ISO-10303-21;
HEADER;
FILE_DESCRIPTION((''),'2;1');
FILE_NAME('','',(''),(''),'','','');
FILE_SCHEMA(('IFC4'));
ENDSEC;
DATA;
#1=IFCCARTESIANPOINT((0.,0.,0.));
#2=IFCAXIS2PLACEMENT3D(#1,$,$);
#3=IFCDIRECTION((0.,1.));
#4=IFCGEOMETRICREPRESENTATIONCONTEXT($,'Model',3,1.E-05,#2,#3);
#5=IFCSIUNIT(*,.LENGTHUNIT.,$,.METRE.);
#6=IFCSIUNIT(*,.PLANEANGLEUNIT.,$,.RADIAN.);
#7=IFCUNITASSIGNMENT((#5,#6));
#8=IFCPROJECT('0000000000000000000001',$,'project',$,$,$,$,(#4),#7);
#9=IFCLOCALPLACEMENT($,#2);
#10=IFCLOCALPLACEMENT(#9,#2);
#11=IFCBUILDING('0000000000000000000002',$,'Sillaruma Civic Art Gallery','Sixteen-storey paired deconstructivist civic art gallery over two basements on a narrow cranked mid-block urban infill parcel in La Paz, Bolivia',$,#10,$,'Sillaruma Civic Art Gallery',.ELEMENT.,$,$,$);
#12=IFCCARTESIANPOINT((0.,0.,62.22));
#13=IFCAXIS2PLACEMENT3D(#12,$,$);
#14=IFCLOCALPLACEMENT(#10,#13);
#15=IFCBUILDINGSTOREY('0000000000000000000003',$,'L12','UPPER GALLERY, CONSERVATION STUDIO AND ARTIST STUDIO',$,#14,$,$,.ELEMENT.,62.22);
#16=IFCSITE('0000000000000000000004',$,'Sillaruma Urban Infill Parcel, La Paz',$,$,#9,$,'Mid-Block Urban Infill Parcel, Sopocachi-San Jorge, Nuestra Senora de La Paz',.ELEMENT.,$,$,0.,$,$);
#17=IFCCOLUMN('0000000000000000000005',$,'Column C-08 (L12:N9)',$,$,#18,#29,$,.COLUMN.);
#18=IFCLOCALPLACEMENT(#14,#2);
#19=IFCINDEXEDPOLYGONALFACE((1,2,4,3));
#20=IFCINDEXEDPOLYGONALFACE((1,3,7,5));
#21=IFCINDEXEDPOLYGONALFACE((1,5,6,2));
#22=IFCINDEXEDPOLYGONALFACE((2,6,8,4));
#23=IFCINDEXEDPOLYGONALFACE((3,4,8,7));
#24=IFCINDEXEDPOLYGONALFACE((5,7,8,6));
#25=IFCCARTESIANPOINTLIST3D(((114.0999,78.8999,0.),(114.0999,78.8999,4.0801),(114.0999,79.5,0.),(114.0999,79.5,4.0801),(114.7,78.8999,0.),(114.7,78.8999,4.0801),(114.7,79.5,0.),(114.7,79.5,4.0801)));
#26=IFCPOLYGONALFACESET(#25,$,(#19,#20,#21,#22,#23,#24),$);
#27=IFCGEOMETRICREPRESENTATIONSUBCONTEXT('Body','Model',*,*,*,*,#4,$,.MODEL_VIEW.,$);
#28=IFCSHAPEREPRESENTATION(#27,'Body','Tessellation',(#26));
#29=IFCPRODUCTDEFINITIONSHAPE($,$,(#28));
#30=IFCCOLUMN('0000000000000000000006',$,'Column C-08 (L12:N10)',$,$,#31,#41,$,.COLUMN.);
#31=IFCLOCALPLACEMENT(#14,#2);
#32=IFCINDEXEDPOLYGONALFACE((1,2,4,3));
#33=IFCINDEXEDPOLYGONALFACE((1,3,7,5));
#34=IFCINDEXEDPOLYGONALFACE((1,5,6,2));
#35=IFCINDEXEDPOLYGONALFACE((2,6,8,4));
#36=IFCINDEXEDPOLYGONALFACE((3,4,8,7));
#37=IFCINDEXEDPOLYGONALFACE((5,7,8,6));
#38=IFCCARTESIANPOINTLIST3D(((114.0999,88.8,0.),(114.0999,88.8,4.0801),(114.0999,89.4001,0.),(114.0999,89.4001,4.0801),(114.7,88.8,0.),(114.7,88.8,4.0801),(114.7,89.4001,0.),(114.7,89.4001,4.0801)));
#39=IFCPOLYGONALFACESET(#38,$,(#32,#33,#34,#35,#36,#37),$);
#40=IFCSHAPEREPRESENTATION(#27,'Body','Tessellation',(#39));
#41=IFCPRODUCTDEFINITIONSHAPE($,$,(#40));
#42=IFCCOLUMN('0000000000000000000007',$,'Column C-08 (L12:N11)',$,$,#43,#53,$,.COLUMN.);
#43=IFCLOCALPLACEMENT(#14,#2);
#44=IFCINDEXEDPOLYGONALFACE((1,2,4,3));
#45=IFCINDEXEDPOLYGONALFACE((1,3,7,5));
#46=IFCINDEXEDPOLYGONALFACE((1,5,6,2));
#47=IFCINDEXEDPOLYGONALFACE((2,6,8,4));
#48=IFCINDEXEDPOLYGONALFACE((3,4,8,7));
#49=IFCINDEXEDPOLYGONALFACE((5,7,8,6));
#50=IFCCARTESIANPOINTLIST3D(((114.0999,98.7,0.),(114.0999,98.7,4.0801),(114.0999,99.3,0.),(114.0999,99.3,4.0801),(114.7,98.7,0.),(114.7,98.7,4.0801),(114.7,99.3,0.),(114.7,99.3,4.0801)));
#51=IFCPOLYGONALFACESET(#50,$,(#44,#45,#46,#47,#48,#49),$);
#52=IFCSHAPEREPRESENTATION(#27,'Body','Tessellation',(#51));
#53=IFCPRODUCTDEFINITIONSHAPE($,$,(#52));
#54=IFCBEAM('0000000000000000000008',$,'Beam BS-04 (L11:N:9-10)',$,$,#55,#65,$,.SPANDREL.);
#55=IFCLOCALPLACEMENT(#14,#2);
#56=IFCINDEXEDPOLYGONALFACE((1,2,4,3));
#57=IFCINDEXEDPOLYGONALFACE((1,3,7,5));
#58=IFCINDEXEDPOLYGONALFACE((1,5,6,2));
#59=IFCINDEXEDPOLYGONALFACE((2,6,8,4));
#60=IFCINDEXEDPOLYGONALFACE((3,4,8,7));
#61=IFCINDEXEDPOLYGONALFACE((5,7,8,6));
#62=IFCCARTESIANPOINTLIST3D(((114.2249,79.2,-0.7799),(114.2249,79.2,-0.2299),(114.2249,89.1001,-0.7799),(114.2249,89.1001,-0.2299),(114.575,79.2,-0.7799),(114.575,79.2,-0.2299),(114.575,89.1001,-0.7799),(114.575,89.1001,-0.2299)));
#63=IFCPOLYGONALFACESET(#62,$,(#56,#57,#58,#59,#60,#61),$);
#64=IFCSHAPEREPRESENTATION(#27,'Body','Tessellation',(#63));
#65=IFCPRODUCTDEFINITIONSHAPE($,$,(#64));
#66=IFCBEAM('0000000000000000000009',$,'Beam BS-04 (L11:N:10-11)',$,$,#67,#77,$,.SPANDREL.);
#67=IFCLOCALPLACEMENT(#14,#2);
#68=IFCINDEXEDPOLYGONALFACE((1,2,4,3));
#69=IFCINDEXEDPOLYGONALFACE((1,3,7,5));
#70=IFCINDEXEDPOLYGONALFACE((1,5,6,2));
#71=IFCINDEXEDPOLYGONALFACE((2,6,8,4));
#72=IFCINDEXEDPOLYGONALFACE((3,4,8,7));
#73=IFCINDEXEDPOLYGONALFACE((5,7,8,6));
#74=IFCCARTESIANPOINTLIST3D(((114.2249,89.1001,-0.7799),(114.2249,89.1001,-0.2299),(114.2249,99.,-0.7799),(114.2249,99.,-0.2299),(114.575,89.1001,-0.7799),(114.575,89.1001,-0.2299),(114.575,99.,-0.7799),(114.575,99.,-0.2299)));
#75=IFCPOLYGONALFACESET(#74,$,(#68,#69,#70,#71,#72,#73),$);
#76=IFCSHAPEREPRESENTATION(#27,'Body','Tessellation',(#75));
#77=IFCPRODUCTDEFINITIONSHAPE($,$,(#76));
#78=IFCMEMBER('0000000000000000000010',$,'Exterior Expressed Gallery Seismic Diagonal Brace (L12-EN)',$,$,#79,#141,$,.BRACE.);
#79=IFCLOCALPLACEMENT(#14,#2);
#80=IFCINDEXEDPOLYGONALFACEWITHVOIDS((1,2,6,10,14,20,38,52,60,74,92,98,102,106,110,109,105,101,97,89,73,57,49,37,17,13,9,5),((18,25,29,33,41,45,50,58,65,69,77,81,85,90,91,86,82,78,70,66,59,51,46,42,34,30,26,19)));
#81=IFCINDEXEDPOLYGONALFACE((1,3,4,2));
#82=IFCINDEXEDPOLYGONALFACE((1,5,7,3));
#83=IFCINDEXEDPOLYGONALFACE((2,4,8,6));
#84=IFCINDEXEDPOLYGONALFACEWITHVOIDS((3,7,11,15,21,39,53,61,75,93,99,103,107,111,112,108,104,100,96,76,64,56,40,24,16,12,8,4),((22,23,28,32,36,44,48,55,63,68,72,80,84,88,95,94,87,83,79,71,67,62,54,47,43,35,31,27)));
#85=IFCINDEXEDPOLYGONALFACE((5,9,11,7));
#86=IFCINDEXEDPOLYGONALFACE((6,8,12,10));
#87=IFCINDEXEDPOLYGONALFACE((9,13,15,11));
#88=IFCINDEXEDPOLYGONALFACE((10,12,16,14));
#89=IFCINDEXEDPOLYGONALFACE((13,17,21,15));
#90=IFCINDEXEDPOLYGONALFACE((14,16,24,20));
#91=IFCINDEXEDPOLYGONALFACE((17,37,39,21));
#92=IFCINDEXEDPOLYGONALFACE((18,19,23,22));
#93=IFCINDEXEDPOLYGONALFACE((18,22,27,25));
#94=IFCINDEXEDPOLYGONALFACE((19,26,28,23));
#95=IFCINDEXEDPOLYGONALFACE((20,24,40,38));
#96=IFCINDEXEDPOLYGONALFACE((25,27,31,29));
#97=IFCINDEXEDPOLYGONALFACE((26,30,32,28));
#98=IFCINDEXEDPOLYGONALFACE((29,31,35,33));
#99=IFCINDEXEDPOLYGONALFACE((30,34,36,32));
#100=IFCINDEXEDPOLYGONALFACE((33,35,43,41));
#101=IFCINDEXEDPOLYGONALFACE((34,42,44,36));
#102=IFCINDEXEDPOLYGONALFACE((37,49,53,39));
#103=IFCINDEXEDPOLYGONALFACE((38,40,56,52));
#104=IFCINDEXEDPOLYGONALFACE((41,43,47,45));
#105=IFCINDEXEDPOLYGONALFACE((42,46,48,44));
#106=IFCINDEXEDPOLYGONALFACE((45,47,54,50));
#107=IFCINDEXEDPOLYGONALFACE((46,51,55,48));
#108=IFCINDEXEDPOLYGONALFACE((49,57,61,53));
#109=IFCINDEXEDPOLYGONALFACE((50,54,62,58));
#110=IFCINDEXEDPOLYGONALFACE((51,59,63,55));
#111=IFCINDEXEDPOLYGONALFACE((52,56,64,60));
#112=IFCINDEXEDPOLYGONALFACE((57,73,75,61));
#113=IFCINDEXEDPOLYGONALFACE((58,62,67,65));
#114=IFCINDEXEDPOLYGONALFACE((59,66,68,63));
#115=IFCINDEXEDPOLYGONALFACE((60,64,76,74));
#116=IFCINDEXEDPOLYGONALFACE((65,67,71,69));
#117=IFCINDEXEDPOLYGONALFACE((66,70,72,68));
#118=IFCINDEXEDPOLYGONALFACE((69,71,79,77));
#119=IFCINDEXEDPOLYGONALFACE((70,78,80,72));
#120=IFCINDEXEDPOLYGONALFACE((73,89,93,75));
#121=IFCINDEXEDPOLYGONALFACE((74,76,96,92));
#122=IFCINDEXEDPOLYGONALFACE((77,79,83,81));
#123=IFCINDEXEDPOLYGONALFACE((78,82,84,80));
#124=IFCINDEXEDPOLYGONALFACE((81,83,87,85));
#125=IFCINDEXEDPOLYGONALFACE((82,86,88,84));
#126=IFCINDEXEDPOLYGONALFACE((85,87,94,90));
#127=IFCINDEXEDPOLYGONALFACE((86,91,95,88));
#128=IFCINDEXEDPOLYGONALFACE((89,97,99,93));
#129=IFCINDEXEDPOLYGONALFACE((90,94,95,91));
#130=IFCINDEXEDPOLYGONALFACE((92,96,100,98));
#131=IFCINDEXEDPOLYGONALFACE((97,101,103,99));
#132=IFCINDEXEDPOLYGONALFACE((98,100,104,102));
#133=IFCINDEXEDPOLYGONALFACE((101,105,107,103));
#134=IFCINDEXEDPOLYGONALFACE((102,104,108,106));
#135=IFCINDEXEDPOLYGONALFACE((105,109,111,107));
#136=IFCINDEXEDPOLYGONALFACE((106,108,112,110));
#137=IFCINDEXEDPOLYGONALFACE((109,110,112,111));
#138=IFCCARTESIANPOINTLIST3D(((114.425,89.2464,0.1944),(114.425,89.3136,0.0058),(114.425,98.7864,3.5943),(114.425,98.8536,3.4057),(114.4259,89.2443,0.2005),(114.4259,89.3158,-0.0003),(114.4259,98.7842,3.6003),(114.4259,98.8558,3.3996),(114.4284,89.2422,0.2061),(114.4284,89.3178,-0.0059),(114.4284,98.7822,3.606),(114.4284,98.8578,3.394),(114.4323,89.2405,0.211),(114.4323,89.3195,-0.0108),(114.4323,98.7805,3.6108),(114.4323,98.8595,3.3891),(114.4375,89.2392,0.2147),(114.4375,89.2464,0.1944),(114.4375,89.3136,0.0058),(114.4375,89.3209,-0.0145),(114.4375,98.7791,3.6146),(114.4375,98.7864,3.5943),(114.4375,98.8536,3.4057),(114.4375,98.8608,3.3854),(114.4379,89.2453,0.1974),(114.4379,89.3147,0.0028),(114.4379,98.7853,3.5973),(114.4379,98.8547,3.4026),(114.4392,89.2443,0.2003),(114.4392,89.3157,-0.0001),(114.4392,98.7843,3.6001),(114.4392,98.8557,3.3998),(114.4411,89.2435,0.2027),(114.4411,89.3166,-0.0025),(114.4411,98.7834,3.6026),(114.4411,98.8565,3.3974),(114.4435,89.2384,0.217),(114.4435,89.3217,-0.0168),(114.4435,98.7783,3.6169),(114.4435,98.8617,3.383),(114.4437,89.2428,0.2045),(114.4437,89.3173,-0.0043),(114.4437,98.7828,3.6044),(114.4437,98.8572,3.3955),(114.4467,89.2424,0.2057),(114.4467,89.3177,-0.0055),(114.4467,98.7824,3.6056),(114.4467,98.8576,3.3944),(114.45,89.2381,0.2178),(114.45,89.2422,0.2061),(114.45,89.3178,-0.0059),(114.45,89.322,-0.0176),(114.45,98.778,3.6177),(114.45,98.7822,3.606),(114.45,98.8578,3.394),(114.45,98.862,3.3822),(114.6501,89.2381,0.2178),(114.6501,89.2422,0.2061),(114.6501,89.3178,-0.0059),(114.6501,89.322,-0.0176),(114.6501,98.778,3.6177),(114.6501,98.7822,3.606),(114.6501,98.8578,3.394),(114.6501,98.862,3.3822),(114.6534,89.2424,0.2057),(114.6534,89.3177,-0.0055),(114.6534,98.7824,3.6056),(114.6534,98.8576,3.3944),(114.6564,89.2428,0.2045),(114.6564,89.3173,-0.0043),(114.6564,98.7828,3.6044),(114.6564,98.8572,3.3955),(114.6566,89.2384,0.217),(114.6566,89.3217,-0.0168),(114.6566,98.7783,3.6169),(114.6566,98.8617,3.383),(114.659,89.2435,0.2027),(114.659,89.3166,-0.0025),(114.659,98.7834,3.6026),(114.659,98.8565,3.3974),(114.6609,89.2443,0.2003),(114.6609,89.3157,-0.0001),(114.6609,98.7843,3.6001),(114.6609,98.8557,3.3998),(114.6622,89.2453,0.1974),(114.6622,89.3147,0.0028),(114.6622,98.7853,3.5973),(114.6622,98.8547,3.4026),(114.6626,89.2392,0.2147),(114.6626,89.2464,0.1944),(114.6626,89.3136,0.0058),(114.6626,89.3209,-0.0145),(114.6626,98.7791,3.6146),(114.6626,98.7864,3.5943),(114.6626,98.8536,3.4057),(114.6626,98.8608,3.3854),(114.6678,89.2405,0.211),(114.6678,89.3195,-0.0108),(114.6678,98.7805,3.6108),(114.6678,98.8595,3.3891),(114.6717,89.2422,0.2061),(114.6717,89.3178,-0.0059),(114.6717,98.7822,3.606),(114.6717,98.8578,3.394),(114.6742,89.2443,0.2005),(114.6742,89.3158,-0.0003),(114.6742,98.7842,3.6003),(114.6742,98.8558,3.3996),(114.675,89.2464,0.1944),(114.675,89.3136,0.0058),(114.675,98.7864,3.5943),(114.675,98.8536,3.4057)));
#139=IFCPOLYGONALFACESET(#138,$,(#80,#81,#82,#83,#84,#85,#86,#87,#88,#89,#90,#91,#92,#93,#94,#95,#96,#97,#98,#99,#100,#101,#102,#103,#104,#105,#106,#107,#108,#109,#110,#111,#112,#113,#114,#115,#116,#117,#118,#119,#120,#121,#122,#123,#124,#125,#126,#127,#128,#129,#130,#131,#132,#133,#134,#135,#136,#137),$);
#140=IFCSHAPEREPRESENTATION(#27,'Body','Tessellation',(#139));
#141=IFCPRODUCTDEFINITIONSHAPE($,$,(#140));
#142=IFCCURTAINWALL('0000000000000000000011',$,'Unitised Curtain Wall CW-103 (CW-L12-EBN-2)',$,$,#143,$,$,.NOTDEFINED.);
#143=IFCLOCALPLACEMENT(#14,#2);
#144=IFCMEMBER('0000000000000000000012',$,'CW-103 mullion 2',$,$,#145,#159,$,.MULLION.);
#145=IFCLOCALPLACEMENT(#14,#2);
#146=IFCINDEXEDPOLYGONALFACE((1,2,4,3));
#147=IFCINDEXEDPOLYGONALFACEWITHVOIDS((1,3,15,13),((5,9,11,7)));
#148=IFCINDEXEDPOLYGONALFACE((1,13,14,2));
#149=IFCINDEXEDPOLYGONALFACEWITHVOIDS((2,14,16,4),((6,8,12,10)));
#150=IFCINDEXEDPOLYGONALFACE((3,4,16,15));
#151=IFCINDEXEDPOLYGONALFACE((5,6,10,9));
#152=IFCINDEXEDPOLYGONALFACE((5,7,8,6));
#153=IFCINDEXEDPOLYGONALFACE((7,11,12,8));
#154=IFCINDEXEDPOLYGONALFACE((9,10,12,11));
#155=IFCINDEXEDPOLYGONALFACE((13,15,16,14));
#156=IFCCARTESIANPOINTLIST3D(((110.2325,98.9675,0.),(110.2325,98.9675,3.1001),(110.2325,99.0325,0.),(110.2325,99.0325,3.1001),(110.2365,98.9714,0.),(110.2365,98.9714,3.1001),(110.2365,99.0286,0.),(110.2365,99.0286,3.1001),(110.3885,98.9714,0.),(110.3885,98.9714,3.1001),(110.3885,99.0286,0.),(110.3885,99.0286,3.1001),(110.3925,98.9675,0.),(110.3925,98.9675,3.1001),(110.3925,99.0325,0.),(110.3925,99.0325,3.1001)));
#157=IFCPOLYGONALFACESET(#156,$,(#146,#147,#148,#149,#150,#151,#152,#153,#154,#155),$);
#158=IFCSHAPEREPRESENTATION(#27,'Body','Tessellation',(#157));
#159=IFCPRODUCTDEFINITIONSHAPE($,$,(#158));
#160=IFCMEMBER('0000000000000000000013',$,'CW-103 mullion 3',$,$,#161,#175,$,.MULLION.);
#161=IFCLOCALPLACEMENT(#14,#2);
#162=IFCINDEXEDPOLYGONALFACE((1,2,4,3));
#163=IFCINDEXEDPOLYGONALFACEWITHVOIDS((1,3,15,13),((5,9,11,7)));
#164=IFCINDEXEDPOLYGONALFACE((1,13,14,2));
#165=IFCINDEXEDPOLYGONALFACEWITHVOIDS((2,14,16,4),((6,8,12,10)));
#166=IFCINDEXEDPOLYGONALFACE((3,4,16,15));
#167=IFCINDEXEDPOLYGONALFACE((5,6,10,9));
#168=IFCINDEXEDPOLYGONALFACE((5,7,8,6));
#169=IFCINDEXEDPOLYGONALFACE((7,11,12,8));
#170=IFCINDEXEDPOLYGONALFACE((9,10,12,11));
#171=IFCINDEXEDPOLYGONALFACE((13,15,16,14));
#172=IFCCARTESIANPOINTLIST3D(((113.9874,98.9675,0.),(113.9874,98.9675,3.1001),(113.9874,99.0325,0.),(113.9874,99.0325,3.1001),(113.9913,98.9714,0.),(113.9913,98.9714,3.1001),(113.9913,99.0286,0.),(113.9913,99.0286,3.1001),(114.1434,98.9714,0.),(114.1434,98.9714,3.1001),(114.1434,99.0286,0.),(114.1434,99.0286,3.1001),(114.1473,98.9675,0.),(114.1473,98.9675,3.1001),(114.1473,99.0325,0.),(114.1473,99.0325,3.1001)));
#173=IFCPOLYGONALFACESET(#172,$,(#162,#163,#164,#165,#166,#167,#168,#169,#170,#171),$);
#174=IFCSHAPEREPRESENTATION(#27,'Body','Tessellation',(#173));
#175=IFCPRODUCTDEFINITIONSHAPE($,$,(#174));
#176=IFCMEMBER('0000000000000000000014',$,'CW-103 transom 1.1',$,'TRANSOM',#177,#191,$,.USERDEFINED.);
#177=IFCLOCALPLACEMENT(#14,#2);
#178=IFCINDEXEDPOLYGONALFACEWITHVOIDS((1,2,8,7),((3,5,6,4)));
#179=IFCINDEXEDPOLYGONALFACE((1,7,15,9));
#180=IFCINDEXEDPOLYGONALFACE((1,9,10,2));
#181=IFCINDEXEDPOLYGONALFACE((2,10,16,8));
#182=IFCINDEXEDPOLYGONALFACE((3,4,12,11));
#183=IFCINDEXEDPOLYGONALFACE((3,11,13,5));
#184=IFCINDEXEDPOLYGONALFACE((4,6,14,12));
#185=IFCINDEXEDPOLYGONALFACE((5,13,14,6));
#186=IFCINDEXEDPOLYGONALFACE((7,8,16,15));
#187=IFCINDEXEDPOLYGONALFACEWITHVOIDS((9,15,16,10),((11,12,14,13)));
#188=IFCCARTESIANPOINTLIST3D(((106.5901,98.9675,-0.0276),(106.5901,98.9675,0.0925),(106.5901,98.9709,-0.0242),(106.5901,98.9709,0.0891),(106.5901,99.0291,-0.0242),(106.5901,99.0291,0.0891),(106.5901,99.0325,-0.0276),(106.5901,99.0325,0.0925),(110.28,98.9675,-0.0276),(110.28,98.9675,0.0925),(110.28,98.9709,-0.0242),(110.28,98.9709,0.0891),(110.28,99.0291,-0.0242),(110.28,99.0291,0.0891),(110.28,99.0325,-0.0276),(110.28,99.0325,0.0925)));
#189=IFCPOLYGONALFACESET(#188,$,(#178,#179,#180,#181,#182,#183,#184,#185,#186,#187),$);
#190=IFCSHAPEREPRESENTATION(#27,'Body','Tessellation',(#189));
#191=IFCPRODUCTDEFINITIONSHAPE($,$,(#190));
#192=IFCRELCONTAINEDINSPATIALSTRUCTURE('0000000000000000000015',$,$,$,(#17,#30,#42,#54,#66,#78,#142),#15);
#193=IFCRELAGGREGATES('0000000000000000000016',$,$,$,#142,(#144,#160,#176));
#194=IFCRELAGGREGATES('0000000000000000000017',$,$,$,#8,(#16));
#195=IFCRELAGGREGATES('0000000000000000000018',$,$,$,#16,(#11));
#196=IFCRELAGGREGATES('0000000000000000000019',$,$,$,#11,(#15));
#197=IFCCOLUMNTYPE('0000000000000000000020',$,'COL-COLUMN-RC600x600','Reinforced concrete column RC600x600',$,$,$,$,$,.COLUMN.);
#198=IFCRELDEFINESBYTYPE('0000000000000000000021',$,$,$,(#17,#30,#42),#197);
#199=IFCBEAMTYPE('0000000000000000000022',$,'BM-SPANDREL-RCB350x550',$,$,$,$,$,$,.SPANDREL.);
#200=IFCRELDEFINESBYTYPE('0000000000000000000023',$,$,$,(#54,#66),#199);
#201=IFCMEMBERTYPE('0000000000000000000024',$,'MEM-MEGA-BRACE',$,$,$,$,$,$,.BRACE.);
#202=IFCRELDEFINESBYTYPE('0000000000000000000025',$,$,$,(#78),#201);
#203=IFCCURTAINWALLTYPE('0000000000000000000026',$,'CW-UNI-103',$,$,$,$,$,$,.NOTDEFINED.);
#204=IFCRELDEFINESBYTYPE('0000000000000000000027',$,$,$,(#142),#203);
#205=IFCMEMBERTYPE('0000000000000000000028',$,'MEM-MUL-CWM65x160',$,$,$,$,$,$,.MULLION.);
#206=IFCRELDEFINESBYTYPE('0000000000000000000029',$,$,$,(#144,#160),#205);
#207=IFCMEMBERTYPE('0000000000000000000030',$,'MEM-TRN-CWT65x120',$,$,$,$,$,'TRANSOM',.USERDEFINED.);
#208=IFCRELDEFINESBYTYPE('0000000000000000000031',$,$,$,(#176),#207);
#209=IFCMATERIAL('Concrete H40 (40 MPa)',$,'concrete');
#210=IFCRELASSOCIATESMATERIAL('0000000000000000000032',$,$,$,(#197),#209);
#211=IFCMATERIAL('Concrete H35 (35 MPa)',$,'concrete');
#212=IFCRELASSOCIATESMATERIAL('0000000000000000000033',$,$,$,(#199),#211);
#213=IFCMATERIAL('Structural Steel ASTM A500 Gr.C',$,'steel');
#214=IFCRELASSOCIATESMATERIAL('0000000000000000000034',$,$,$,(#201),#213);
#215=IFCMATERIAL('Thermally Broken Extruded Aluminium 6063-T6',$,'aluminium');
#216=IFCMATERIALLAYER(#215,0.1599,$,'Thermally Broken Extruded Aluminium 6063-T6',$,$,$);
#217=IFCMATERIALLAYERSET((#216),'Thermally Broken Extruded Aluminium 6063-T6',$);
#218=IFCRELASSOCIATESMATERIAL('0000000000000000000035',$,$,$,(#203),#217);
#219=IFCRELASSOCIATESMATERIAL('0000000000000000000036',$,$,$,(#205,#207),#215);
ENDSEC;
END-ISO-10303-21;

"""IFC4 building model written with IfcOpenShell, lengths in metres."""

from ifc_helpers import new_model, si_unit, direction, frame, origin, origin_2d, place, context, subcontext, project, spatial, rectangle, hollow_rectangle, extrude, material, layer, layer_set, material_profile, profile_set, type_object, element, aggregate, save


model = new_model("IFC4")

# Units and contexts
model_context = context("Model", 3, precision=1e-05, world=origin(), true_north=direction((0.0, 1.0)))
body_context = subcontext(model_context, "Body", "Model", "MODEL_VIEW")
ifc_project = project(units=[si_unit("LENGTHUNIT", "METRE"), si_unit("PLANEANGLEUNIT", "RADIAN")], contexts=[model_context])

# Site, building, storey
site_placement = place(None, origin())
site = spatial("IfcSite", under=ifc_project, at=site_placement, Name="Sillaruma Urban Infill Parcel, La Paz", LongName="Mid-Block Urban Infill Parcel, Sopocachi-San Jorge, Nuestra Senora de La Paz", CompositionType="ELEMENT", RefElevation=0.0)
building_placement = place(site_placement, origin())
building = spatial("IfcBuilding", under=site, at=building_placement, Name="Sillaruma Civic Art Gallery", Description="Sixteen-storey paired deconstructivist civic art gallery over two basements on a narrow cranked mid-block urban infill parcel in La Paz, Bolivia", LongName="Sillaruma Civic Art Gallery", CompositionType="ELEMENT")
storey_placement = place(building_placement, frame((0.0, 0.0, 62.22)))
storey = spatial("IfcBuildingStorey", under=building, at=storey_placement, Name="L12", Description="UPPER GALLERY, CONSERVATION STUDIO AND ARTIST STUDIO", CompositionType="ELEMENT", Elevation=62.22)

# Columns
ifc_material_1 = material(Name="Concrete H40 (40 MPa)", Category="concrete")
ifc_material_profile_1 = material_profile(ifc_material_1, rectangle(XDim=0.6001, YDim=0.6001, at=origin_2d()), Name="RC600x600")
ifc_profile_set_1 = profile_set([ifc_material_profile_1], Name="Concrete H40 (40 MPa)")
column_type = type_object("IfcColumnType", Name="COL-COLUMN-RC600x600", Description="Reinforced concrete column RC600x600", PredefinedType="COLUMN", material=ifc_profile_set_1)
for number, where, z_axis, x_axis, name in (
    (1, (114.3999, 79.2, 0.0), (0.0, 0.0, 1.0), (1.0, 0.0, 0.0), "Column C-08 (L12:N9)"),
    (2, (114.3999, 89.1001, 0.0), (0.0, 0.0, 1.0), (1.0, 0.0, 0.0), "Column C-08 (L12:N10)"),
    (3, (114.3999, 99.0, 0.0), (0.0, 0.0, 1.0), (1.0, 0.0, 0.0), "Column C-08 (L12:N11)"),
):
    element("IfcColumn", number, at=place(storey_placement, frame(where, z_axis=z_axis, x_axis=x_axis)), inside=storey, type_object=column_type, Name=name, PredefinedType="COLUMN", context=body_context, shape_type="SweptSolid", body=[
        extrude(rectangle(XDim=0.6001, YDim=0.6001, at=origin_2d()), origin(), (0.0, 0.0, 1.0), 4.0801),
    ])

# Beams
ifc_material_2 = material(Name="Concrete H35 (35 MPa)", Category="concrete")
ifc_material_profile_2 = material_profile(ifc_material_2, rectangle(XDim=0.3501, YDim=0.55, at=origin_2d()), Name="RCB350x550")
ifc_profile_set_2 = profile_set([ifc_material_profile_2], Name="Concrete H35 (35 MPa)")
beam_type = type_object("IfcBeamType", Name="BM-SPANDREL-RCB350x550", PredefinedType="SPANDREL", material=ifc_profile_set_2)
beam_1_placement = place(storey_placement, frame((114.3999, 79.2, -0.5049), z_axis=(0.0, 1.0, 0.0), x_axis=(-1.0, 0.0, 0.0)))
element("IfcBeam", 4, at=beam_1_placement, inside=storey, type_object=beam_type, Name="Beam BS-04 (L11:N:9-10)", PredefinedType="SPANDREL", context=body_context, shape_type="SweptSolid", body=[
    extrude(rectangle(XDim=0.3501, YDim=0.55, at=origin_2d()), origin(), (0.0, 0.0, 1.0), 9.9001),
])
beam_2_placement = place(storey_placement, frame((114.3999, 89.1001, -0.5049), z_axis=(0.0, 1.0, 0.0), x_axis=(-1.0, 0.0, 0.0)))
element("IfcBeam", 5, at=beam_2_placement, inside=storey, type_object=beam_type, Name="Beam BS-04 (L11:N:10-11)", PredefinedType="SPANDREL", context=body_context, shape_type="SweptSolid", body=[
    extrude(rectangle(XDim=0.3501, YDim=0.55, at=origin_2d()), origin(), (0.0, 0.0, 1.0), 9.8999),
])

# Member
ifc_material_3 = material(Name="Structural Steel ASTM A500 Gr.C", Category="steel")
ifc_material_profile_3 = material_profile(ifc_material_3, hollow_rectangle(XDim=0.25, YDim=0.25, WallThickness=0.0125, InnerFilletRadius=0.0125, OuterFilletRadius=0.0249, at=origin_2d()), Name="HSS250x250x12.5")
ifc_profile_set_3 = profile_set([ifc_material_profile_3], Name="Structural Steel ASTM A500 Gr.C")
member_type_1 = type_object("IfcMemberType", Name="MEM-MEGA-BRACE", PredefinedType="BRACE", material=ifc_profile_set_3)
member_1_placement = place(storey_placement, frame((114.55, 89.28, 0.1001), z_axis=(0.0, 0.941969, 0.335701), x_axis=(-1.0, 0.0, 0.0)))
element("IfcMember", 6, at=member_1_placement, inside=storey, type_object=member_type_1, Name="Exterior Expressed Gallery Seismic Diagonal Brace (L12-EN)", PredefinedType="BRACE", context=body_context, shape_type="SweptSolid", body=[
    extrude(hollow_rectangle(XDim=0.25, YDim=0.25, WallThickness=0.0125, InnerFilletRadius=0.0125, OuterFilletRadius=0.0249, at=origin_2d()), origin(), (0.0, 0.0, 1.0), 10.1277),
])

# Curtain wall, members
ifc_material_4 = material(Name="Thermally Broken Extruded Aluminium 6063-T6", Category="aluminium")
ifc_layer_1 = layer(ifc_material_4, 0.1599, Name="Thermally Broken Extruded Aluminium 6063-T6")
ifc_layer_set_1 = layer_set([ifc_layer_1], Name="Thermally Broken Extruded Aluminium 6063-T6")
curtain_wall_type = type_object("IfcCurtainWallType", Name="CW-UNI-103", PredefinedType="NOTDEFINED", material=ifc_layer_set_1)
curtain_wall_placement = place(storey_placement, origin())
curtain_wall = element("IfcCurtainWall", 7, at=curtain_wall_placement, inside=storey, type_object=curtain_wall_type, Name="Unitised Curtain Wall CW-103 (CW-L12-EBN-2)", PredefinedType="NOTDEFINED")
ifc_material_profile_4 = material_profile(ifc_material_4, hollow_rectangle(XDim=0.0649, YDim=0.1599, WallThickness=0.0039, at=origin_2d()), Name="CWM65x160")
ifc_profile_set_4 = profile_set([ifc_material_profile_4], Name="Thermally Broken Extruded Aluminium 6063-T6")
member_type_2 = type_object("IfcMemberType", Name="MEM-MUL-CWM65x160", PredefinedType="MULLION", material=ifc_profile_set_4)
member_2_placement = place(storey_placement, frame((110.3125, 99.0, 0.0), z_axis=(0.0, 0.0, 1.0), x_axis=(0.0, 1.0, 0.0)))
member_2 = element("IfcMember", 8, at=member_2_placement, type_object=member_type_2, Name="CW-103 mullion 2", PredefinedType="MULLION", context=body_context, shape_type="SweptSolid", body=[
    extrude(hollow_rectangle(XDim=0.0649, YDim=0.1599, WallThickness=0.0039, at=origin_2d()), origin(), (0.0, 0.0, 1.0), 3.1001),
])
member_3_placement = place(storey_placement, frame((114.0674, 99.0, 0.0), z_axis=(0.0, 0.0, 1.0), x_axis=(0.0, 1.0, 0.0)))
member_3 = element("IfcMember", 9, at=member_3_placement, type_object=member_type_2, Name="CW-103 mullion 3", PredefinedType="MULLION", context=body_context, shape_type="SweptSolid", body=[
    extrude(hollow_rectangle(XDim=0.0649, YDim=0.1599, WallThickness=0.0039, at=origin_2d()), origin(), (0.0, 0.0, 1.0), 3.1001),
])
ifc_material_profile_5 = material_profile(ifc_material_4, hollow_rectangle(XDim=0.0649, YDim=0.1201, WallThickness=0.0034, at=origin_2d()), Name="CWT65x120")
ifc_profile_set_5 = profile_set([ifc_material_profile_5], Name="Thermally Broken Extruded Aluminium 6063-T6")
member_type_3 = type_object("IfcMemberType", Name="MEM-TRN-CWT65x120", ElementType="TRANSOM", PredefinedType="USERDEFINED", material=ifc_profile_set_5)
member_4_placement = place(storey_placement, frame((106.5901, 99.0, 0.0325), z_axis=(1.0, 0.0, 0.0), x_axis=(0.0, 1.0, 0.0)))
member_4 = element("IfcMember", 10, at=member_4_placement, type_object=member_type_3, Name="CW-103 transom 1.1", ObjectType="TRANSOM", PredefinedType="USERDEFINED", context=body_context, shape_type="SweptSolid", body=[
    extrude(hollow_rectangle(XDim=0.0649, YDim=0.1201, WallThickness=0.0034, at=origin_2d()), origin(), (0.0, 0.0, 1.0), 3.6899),
])
aggregate(curtain_wall, [member_2, member_3, member_4])

save(model, "model.ifc")
